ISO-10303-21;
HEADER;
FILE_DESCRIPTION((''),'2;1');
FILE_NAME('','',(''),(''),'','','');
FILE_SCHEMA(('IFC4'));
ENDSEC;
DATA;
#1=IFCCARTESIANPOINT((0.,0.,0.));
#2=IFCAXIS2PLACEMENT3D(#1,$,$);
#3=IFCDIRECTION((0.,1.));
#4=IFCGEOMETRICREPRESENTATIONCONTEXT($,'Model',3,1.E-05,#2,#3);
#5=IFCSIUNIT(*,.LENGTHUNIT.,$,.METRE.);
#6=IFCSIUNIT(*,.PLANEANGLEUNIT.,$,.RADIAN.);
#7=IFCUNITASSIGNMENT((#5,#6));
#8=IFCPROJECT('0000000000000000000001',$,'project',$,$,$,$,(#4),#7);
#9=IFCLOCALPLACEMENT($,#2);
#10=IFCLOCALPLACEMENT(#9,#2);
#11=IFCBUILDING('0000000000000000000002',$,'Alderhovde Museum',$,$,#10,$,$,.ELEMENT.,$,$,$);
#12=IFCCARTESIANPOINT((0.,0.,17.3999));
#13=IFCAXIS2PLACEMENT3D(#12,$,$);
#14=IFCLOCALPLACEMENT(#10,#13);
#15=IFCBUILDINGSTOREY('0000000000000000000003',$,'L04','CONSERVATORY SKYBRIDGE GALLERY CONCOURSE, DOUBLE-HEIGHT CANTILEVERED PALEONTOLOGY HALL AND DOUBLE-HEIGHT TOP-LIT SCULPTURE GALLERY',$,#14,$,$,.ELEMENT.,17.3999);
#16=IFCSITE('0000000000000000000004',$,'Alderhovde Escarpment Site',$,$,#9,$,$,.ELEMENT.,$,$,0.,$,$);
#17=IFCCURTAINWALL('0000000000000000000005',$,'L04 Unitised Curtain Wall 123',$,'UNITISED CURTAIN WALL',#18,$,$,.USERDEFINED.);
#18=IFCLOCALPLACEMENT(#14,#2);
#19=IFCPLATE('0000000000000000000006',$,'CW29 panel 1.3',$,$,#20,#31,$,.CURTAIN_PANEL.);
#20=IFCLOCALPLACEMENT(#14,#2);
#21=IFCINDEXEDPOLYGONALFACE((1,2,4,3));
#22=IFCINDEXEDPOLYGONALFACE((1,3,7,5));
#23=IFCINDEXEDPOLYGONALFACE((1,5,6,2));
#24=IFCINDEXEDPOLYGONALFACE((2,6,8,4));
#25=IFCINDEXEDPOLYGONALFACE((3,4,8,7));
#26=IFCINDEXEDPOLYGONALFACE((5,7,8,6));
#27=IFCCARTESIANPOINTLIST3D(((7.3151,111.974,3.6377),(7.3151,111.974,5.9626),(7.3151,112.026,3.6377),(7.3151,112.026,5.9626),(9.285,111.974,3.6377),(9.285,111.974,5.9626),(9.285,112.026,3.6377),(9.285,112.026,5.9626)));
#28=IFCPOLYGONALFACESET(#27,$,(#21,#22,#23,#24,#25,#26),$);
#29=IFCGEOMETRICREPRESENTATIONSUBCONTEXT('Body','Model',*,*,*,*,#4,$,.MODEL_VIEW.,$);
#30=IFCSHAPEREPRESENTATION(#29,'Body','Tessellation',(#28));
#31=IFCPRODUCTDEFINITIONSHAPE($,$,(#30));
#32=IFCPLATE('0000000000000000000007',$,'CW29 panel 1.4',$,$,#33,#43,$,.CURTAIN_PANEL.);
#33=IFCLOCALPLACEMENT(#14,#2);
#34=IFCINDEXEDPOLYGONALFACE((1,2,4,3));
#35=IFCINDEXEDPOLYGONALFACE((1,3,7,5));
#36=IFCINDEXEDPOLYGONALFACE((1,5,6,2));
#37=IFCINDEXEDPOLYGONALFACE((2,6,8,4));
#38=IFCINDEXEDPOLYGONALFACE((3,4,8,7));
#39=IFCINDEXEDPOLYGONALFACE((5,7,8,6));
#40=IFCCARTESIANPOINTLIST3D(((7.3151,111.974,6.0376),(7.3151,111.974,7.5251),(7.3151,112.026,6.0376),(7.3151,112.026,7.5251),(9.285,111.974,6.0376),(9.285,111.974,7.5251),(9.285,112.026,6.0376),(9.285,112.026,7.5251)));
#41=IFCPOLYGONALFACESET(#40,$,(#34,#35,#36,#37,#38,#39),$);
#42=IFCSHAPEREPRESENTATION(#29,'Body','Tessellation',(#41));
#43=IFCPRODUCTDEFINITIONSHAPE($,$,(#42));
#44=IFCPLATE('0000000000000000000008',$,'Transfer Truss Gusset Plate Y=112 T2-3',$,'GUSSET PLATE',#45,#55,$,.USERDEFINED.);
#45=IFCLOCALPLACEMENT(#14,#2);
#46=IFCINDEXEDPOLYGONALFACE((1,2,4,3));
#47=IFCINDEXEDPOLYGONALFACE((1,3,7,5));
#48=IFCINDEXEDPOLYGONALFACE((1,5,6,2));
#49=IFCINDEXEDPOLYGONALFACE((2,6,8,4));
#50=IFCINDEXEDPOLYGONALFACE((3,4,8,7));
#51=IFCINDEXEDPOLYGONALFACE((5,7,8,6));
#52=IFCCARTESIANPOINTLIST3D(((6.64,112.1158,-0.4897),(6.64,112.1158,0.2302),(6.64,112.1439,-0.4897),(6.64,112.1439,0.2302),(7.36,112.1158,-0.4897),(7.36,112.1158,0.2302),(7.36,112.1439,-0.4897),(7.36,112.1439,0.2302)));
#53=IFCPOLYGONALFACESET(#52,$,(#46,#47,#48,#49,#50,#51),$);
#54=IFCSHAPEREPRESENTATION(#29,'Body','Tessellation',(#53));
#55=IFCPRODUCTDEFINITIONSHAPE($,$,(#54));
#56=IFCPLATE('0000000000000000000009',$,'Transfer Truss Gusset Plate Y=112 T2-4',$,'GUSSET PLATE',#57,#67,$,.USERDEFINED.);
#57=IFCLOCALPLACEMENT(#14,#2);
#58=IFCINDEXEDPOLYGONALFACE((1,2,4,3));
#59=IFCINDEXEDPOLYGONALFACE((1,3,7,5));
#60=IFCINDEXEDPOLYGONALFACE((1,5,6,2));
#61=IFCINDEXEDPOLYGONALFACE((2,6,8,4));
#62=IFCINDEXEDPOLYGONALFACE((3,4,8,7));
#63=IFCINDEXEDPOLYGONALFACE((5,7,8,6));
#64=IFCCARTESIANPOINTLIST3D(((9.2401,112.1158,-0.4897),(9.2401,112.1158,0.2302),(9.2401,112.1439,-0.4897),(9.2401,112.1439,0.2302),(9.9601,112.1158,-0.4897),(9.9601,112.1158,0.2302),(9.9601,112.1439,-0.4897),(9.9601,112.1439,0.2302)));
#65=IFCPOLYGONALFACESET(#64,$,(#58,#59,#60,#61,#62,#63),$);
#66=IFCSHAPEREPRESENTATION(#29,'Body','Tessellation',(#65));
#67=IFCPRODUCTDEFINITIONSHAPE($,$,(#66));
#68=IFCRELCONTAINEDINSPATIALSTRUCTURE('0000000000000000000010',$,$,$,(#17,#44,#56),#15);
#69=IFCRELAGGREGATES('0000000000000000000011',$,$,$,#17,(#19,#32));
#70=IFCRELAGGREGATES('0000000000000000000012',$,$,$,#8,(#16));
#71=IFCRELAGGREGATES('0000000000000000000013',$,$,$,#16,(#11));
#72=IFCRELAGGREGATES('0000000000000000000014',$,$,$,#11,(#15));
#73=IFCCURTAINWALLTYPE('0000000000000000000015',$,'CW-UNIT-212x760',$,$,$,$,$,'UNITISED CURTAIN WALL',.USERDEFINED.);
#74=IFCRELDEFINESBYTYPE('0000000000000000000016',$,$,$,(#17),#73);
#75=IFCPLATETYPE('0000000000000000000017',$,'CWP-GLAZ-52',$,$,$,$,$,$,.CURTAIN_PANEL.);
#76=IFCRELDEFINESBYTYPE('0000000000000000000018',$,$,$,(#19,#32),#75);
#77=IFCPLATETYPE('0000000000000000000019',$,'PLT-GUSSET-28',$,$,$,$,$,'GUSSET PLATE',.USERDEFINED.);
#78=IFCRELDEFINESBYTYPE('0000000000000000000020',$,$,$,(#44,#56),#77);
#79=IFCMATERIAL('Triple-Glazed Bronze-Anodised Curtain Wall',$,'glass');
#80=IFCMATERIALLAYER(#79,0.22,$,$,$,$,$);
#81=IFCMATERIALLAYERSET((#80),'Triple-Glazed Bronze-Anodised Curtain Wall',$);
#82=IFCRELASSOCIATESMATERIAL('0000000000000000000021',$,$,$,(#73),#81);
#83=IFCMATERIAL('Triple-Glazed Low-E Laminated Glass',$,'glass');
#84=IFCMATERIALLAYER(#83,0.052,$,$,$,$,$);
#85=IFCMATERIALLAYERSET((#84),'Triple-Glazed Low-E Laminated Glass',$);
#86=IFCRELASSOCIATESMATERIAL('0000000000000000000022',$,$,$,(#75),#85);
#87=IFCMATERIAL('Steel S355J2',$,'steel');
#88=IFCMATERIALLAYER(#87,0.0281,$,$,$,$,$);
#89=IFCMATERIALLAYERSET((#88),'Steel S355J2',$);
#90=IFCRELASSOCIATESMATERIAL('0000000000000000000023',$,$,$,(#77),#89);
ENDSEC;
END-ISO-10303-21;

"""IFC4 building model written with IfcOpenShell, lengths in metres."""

from ifc_helpers import new_model, si_unit, direction, frame, origin, origin_2d, place, context, subcontext, project, spatial, rectangle, extrude, material, layer, layer_set, type_object, element, aggregate, save


model = new_model("IFC4")

# Units and contexts
model_context = context("Model", 3, precision=1e-05, world=origin(), true_north=direction((0.0, 1.0)))
body_context = subcontext(model_context, "Body", "Model", "MODEL_VIEW")
ifc_project = project(units=[si_unit("LENGTHUNIT", "METRE"), si_unit("PLANEANGLEUNIT", "RADIAN")], contexts=[model_context])

# Site, building, storey
site_placement = place(None, origin())
site = spatial("IfcSite", under=ifc_project, at=site_placement, Name="Alderhovde Escarpment Site", CompositionType="ELEMENT", RefElevation=0.0)
building_placement = place(site_placement, origin())
building = spatial("IfcBuilding", under=site, at=building_placement, Name="Alderhovde Museum", CompositionType="ELEMENT")
storey_placement = place(building_placement, frame((0.0, 0.0, 17.3999)))
storey = spatial("IfcBuildingStorey", under=building, at=storey_placement, Name="L04", Description="CONSERVATORY SKYBRIDGE GALLERY CONCOURSE, DOUBLE-HEIGHT CANTILEVERED PALEONTOLOGY HALL AND DOUBLE-HEIGHT TOP-LIT SCULPTURE GALLERY", CompositionType="ELEMENT", Elevation=17.3999)

# Shared definitions
ifc_material_1 = material(Name="Triple-Glazed Bronze-Anodised Curtain Wall", Category="glass")
ifc_layer_1 = layer(ifc_material_1, 0.22)
ifc_layer_set_1 = layer_set([ifc_layer_1], Name="Triple-Glazed Bronze-Anodised Curtain Wall")
curtain_wall_type_1 = type_object("IfcCurtainWallType", Name="CW-UNIT-212x760", ElementType="UNITISED CURTAIN WALL", PredefinedType="USERDEFINED", material=ifc_layer_set_1)

# Curtain wall
curtain_wall_1_placement = place(storey_placement, origin())
curtain_wall_1 = element("IfcCurtainWall", 1, at=curtain_wall_1_placement, inside=storey, type_object=curtain_wall_type_1, Name="L04 Unitised Curtain Wall 123", ObjectType="UNITISED CURTAIN WALL", PredefinedType="USERDEFINED")

# Plates
ifc_material_2 = material(Name="Triple-Glazed Low-E Laminated Glass", Category="glass")
ifc_layer_2 = layer(ifc_material_2, 0.052)
ifc_layer_set_2 = layer_set([ifc_layer_2], Name="Triple-Glazed Low-E Laminated Glass")
plate_type_1 = type_object("IfcPlateType", Name="CWP-GLAZ-52", PredefinedType="CURTAIN_PANEL", material=ifc_layer_set_2)
plate_1_placement = place(storey_placement, frame((8.3, 112.0, 3.6377), z_axis=(0.0, 0.0, 1.0), x_axis=(1.0, 0.0, 0.0)))
plate_1 = element("IfcPlate", 2, at=plate_1_placement, type_object=plate_type_1, Name="CW29 panel 1.3", PredefinedType="CURTAIN_PANEL", context=body_context, shape_type="SweptSolid", body=[
    extrude(rectangle(XDim=1.97, YDim=0.052, at=origin_2d()), origin(), (0.0, 0.0, 1.0), 2.325),
])
plate_2_placement = place(storey_placement, frame((8.3, 112.0, 6.0376), z_axis=(0.0, 0.0, 1.0), x_axis=(1.0, 0.0, 0.0)))
plate_2 = element("IfcPlate", 3, at=plate_2_placement, type_object=plate_type_1, Name="CW29 panel 1.4", PredefinedType="CURTAIN_PANEL", context=body_context, shape_type="SweptSolid", body=[
    extrude(rectangle(XDim=1.97, YDim=0.052, at=origin_2d()), origin(), (0.0, 0.0, 1.0), 1.4875),
])
aggregate(curtain_wall_1, [plate_1, plate_2])

# Plates
ifc_material_3 = material(Name="Steel S355J2", Category="steel")
ifc_layer_3 = layer(ifc_material_3, 0.0281)
ifc_layer_set_3 = layer_set([ifc_layer_3], Name="Steel S355J2")
plate_type_2 = type_object("IfcPlateType", Name="PLT-GUSSET-28", ElementType="GUSSET PLATE", PredefinedType="USERDEFINED", material=ifc_layer_set_3)
for number, where, z_axis, x_axis, name in (
    (4, (7.0, 112.1299, -0.4897), (0.0, 0.0, 1.0), (1.0, 0.0, 0.0), "Transfer Truss Gusset Plate Y=112 T2-3"),
    (5, (9.6001, 112.1299, -0.4897), (0.0, 0.0, 1.0), (1.0, 0.0, 0.0), "Transfer Truss Gusset Plate Y=112 T2-4"),
):
    element("IfcPlate", number, at=place(storey_placement, frame(where, z_axis=z_axis, x_axis=x_axis)), inside=storey, type_object=plate_type_2, Name=name, ObjectType="GUSSET PLATE", PredefinedType="USERDEFINED", context=body_context, shape_type="SweptSolid", body=[
        extrude(rectangle(XDim=0.72, YDim=0.0281, at=origin_2d()), origin(), (0.0, 0.0, 1.0), 0.72),
    ])

save(model, "model.ifc")
